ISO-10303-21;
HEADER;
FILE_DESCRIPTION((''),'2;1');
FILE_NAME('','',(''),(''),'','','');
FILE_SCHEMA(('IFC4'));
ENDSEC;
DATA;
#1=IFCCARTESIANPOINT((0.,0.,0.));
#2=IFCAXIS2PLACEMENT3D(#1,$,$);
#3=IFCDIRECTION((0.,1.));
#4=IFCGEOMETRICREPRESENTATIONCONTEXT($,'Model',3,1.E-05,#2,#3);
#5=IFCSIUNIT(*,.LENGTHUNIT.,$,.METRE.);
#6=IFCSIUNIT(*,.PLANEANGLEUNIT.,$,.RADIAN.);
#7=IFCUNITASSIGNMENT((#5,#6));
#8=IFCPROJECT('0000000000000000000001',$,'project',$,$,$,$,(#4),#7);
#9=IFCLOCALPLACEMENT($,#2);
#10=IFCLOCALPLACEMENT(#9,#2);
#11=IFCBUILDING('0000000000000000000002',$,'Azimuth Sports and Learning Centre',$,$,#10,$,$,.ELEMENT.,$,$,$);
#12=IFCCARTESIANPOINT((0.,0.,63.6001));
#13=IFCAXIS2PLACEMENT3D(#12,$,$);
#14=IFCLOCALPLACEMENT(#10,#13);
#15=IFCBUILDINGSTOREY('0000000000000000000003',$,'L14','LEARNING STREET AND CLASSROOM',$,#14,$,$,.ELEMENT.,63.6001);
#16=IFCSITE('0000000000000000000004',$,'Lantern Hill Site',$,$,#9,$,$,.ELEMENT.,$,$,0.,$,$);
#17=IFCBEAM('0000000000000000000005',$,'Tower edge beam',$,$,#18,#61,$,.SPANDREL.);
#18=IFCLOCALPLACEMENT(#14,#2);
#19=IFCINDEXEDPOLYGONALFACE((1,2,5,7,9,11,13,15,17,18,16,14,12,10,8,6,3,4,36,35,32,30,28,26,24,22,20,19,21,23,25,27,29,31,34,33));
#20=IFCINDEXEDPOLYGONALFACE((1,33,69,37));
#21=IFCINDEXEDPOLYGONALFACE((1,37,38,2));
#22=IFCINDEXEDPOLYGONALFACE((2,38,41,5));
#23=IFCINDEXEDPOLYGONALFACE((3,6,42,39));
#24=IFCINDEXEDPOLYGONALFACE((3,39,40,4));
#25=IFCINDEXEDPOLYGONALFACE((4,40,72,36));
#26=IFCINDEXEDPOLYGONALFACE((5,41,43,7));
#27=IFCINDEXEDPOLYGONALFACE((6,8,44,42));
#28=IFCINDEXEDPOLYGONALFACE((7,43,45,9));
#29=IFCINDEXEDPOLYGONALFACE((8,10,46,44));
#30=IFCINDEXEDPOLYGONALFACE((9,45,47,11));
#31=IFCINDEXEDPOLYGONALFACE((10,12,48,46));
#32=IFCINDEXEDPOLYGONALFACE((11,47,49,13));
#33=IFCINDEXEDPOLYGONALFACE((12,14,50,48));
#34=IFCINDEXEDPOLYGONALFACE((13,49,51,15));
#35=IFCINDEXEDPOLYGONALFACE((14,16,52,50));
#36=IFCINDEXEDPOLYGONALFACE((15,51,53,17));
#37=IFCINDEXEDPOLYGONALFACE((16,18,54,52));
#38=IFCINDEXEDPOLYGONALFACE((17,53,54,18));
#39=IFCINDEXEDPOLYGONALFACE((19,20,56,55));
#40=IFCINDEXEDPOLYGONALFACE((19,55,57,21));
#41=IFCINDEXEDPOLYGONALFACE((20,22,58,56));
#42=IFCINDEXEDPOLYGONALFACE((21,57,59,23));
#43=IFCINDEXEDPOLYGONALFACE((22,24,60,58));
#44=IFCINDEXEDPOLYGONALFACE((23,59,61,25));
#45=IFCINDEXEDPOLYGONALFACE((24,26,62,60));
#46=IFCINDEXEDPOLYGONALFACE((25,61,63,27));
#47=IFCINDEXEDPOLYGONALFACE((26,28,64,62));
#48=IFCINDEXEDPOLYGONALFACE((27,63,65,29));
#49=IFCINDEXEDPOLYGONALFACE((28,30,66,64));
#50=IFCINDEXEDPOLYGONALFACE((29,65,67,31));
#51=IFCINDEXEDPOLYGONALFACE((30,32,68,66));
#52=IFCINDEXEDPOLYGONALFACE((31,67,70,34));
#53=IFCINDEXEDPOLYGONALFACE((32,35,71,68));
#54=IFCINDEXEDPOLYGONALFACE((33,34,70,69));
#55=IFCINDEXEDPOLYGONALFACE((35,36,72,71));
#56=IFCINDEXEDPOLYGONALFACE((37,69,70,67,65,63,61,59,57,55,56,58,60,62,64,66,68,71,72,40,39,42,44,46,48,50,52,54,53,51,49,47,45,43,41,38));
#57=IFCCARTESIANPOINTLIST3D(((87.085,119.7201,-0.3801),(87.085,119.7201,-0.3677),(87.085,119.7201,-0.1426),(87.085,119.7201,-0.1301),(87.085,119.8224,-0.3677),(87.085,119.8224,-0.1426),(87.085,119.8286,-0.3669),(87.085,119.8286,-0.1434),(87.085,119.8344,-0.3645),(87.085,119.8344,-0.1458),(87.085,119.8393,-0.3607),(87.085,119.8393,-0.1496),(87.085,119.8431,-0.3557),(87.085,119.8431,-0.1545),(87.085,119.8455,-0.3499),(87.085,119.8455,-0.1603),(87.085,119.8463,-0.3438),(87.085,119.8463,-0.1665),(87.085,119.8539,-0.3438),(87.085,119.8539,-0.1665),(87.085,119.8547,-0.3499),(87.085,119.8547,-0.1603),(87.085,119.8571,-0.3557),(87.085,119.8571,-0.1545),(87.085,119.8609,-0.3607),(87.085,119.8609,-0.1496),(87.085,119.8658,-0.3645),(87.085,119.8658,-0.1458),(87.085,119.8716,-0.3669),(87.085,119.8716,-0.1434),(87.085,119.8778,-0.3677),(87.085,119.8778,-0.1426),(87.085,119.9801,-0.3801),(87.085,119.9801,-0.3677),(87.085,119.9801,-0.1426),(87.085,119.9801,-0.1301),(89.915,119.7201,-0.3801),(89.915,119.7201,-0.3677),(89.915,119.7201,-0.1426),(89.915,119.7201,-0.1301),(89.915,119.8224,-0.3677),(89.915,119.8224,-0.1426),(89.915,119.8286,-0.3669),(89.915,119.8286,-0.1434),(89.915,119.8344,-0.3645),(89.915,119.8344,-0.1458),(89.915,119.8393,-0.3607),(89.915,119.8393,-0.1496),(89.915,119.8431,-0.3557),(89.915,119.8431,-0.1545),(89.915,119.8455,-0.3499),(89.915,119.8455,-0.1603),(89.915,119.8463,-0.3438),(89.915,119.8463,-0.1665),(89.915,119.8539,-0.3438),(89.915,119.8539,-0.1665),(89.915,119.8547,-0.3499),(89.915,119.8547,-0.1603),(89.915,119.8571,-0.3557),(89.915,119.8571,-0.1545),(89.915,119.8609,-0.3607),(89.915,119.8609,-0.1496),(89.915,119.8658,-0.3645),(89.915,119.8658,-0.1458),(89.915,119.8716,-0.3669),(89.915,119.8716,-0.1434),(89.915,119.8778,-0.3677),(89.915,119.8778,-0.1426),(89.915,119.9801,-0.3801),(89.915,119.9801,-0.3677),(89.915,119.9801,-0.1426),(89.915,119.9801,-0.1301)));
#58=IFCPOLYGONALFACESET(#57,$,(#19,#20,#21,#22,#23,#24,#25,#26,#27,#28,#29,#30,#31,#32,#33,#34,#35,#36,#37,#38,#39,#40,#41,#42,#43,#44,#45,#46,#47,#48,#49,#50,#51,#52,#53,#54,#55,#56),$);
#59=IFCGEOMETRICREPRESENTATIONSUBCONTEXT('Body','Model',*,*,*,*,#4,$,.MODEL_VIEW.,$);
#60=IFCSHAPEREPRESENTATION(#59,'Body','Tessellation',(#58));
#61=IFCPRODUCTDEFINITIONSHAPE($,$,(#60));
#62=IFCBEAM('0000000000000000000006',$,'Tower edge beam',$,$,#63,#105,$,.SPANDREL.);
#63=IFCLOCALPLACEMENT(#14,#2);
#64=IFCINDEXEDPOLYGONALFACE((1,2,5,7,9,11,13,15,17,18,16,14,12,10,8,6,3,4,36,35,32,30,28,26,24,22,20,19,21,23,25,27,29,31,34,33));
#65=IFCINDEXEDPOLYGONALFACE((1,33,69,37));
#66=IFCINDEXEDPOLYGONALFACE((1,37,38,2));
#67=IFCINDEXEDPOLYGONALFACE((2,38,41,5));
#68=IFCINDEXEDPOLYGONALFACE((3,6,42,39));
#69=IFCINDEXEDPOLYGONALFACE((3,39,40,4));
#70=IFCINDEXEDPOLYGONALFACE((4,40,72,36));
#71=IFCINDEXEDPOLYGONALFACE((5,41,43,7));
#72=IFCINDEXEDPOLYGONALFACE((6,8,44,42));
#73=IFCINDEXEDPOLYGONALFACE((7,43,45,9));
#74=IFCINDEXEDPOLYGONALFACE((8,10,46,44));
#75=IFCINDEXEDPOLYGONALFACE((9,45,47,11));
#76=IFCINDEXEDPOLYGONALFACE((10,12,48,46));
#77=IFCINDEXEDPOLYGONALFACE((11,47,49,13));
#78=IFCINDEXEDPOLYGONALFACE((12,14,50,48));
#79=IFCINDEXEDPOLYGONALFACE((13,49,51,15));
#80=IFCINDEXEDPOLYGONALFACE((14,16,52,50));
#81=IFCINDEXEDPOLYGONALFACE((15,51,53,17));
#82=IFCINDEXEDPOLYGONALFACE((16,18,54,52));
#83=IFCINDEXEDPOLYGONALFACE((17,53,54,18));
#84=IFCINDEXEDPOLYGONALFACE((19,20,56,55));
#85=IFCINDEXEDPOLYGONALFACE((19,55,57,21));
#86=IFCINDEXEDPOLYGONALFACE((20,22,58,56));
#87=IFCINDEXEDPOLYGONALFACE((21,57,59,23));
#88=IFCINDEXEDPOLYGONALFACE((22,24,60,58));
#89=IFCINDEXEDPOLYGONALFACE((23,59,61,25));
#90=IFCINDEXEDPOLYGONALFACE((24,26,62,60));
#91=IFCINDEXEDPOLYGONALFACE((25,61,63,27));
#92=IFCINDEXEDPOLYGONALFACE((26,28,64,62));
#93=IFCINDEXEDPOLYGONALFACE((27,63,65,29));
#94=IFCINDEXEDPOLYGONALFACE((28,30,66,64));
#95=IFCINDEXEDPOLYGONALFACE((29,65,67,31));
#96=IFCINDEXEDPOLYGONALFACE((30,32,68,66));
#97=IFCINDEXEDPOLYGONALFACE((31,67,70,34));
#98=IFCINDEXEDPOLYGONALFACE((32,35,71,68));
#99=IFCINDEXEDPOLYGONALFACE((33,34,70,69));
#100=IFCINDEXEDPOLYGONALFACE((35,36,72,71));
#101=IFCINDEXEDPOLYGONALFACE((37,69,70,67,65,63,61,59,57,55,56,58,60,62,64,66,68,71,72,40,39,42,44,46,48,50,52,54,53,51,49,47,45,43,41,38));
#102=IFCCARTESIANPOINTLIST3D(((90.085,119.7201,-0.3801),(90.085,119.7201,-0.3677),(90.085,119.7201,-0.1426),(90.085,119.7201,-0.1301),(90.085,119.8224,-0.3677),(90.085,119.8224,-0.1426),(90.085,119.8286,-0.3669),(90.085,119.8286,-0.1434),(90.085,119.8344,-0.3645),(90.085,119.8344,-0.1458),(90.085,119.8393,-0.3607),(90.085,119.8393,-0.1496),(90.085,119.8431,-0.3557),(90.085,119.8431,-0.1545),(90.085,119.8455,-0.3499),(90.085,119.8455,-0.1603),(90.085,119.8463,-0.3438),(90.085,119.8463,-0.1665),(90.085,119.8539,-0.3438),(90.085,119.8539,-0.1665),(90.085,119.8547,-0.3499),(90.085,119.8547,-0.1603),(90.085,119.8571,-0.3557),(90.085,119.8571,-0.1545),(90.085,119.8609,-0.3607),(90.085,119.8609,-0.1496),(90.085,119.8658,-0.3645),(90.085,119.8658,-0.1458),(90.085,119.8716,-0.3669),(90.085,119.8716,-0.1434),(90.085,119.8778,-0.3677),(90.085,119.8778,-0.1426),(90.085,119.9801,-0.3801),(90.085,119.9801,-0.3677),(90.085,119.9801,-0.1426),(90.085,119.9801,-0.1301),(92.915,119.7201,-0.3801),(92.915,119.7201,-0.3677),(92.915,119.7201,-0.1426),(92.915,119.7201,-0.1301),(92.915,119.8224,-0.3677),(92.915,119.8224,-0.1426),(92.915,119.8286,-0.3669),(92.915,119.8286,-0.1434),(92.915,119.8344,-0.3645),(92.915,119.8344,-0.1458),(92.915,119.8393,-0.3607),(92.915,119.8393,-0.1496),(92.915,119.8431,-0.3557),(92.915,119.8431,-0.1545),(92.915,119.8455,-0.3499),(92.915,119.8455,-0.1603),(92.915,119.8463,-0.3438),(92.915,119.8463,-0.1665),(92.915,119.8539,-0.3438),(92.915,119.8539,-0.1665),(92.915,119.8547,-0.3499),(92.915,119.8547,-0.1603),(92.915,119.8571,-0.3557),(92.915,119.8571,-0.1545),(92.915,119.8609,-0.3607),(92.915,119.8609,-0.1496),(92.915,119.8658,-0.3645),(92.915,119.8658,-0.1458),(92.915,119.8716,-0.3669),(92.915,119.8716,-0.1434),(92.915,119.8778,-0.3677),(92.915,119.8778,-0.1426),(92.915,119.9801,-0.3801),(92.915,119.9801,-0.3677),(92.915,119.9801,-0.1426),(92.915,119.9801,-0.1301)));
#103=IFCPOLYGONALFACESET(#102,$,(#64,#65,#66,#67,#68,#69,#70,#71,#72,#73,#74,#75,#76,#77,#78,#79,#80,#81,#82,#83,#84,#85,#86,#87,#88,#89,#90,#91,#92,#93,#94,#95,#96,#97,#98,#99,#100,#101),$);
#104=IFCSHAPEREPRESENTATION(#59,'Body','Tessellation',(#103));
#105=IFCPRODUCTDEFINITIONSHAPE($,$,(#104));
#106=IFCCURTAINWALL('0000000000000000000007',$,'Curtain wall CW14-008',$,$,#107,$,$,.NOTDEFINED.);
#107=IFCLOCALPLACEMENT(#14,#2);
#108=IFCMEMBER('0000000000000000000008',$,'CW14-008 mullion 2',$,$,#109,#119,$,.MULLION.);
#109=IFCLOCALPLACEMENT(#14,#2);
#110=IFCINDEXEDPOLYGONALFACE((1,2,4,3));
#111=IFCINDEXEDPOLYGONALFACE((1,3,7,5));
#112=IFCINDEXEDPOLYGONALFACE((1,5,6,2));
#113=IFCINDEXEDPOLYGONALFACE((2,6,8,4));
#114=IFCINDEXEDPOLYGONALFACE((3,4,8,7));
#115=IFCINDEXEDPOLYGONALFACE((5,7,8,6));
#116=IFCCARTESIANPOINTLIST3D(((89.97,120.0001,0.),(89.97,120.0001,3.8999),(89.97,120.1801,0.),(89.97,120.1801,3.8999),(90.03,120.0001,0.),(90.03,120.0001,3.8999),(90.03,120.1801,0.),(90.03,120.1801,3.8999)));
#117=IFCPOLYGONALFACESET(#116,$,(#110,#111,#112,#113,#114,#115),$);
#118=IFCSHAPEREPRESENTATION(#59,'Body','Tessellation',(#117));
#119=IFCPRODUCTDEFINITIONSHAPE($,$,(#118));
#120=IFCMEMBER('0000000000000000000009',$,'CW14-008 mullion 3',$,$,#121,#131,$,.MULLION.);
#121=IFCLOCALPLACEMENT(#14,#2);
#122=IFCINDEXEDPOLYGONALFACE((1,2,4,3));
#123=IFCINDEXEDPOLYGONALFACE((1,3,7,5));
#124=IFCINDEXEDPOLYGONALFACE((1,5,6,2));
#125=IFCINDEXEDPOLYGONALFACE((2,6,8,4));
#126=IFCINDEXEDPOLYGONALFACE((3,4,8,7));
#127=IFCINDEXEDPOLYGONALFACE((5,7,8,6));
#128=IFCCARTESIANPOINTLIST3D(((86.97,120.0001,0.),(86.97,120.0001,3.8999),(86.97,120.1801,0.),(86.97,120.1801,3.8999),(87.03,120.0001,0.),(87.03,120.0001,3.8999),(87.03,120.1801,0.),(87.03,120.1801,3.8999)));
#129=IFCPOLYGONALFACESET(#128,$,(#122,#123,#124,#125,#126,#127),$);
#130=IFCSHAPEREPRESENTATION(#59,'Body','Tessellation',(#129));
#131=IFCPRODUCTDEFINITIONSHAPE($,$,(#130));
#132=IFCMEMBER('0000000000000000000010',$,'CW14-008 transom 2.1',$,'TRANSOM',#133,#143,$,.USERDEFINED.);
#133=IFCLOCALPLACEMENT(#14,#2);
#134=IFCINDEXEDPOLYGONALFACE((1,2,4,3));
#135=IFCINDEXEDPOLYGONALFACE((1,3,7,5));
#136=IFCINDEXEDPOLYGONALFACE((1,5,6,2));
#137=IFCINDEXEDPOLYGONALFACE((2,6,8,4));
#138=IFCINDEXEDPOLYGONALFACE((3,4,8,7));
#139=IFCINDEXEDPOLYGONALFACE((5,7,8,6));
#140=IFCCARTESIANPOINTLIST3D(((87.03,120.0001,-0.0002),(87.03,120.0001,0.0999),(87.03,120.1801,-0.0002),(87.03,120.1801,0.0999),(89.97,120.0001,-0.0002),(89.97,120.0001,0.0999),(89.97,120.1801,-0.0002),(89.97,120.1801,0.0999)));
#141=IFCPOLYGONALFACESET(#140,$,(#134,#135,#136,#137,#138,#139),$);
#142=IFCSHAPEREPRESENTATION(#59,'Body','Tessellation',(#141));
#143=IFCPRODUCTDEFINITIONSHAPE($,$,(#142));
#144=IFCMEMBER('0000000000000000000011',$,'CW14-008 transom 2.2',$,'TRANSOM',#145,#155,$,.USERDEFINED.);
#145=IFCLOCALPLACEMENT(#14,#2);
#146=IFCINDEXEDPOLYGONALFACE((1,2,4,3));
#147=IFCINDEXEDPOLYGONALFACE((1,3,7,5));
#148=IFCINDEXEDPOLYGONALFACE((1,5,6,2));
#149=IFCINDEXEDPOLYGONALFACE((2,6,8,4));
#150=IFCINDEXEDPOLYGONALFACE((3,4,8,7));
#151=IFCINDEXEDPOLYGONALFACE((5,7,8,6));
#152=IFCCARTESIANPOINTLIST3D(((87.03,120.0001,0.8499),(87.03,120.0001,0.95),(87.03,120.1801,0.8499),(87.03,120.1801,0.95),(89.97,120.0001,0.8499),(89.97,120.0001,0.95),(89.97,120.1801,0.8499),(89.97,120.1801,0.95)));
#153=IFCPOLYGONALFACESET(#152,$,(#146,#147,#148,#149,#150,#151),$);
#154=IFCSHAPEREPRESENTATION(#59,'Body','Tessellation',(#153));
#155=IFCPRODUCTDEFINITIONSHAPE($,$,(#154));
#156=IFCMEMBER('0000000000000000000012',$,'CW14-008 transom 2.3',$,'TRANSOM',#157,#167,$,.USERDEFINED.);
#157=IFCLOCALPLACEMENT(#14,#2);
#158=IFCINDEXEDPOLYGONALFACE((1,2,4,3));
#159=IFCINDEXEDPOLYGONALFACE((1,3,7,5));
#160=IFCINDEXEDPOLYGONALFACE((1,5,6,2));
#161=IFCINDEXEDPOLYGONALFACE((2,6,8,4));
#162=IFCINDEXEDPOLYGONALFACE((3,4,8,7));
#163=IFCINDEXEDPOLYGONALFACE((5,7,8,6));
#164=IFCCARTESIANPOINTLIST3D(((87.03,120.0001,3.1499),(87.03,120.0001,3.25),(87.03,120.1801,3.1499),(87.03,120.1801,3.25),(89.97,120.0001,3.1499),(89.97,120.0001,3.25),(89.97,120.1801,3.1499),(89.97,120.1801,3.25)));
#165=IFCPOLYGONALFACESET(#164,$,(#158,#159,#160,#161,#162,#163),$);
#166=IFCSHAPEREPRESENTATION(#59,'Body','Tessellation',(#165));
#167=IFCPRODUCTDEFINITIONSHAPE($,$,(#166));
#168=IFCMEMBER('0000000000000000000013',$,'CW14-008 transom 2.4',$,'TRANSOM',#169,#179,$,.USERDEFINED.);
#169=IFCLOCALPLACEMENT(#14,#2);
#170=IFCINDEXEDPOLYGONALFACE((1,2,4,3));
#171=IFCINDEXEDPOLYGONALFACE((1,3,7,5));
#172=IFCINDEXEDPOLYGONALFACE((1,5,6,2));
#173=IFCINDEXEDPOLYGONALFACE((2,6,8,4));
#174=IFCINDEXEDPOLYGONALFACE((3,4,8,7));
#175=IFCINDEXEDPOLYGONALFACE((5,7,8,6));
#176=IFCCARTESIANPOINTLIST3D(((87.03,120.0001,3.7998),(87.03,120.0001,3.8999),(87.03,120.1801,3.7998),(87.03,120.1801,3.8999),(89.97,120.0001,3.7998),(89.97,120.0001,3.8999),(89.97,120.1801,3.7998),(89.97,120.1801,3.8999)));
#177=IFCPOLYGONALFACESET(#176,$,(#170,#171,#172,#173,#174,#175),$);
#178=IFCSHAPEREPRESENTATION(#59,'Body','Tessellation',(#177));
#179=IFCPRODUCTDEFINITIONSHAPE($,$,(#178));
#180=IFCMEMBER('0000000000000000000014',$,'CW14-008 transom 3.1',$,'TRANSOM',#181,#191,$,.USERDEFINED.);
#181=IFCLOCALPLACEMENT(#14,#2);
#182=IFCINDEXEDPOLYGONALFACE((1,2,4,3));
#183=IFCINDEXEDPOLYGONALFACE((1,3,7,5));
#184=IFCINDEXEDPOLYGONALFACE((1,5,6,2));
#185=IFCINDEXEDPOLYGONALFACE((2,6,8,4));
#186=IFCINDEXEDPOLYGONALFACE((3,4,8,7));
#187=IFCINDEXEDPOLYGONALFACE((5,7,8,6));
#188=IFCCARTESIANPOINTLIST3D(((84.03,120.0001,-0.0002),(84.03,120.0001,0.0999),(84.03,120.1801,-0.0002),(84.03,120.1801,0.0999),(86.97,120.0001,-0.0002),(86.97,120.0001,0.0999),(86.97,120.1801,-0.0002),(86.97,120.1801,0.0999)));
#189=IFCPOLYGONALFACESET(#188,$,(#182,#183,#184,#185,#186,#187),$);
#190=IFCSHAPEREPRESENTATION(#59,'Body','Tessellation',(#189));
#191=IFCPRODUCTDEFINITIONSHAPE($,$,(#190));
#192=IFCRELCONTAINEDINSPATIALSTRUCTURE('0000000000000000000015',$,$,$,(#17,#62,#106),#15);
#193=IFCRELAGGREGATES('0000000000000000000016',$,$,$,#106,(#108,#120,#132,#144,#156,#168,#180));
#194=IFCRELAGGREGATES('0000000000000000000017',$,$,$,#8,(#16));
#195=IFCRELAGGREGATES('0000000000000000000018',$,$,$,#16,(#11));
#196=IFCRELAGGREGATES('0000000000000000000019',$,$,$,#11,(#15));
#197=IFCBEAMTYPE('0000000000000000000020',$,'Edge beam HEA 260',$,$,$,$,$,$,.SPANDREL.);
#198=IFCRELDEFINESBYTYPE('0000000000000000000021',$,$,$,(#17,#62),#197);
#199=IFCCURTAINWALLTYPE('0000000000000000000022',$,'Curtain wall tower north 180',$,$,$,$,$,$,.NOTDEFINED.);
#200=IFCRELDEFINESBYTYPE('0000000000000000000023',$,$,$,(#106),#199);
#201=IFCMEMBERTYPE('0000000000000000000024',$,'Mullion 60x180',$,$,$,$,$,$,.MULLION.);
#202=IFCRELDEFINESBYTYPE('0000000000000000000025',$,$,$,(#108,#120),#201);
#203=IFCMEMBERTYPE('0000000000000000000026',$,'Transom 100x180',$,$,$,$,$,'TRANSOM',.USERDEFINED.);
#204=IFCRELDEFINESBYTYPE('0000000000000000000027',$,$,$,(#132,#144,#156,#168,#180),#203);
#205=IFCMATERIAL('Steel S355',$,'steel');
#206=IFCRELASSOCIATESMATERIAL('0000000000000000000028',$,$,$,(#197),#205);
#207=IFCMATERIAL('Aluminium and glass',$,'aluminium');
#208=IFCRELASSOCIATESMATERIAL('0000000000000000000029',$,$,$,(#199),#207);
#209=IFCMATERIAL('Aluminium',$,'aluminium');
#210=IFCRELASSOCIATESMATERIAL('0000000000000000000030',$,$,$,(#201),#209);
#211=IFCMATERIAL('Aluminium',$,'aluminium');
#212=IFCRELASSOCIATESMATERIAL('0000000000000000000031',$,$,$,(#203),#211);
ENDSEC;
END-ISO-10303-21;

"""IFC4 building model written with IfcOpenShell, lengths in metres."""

from ifc_helpers import new_model, si_unit, direction, frame, origin, origin_2d, place, context, subcontext, project, spatial, rectangle, i_section, extrude, material, material_profile, profile_set, type_object, element, aggregate, save


model = new_model("IFC4")

# Units and contexts
model_context = context("Model", 3, precision=1e-05, world=origin(), true_north=direction((0.0, 1.0)))
body_context = subcontext(model_context, "Body", "Model", "MODEL_VIEW")
ifc_project = project(units=[si_unit("LENGTHUNIT", "METRE"), si_unit("PLANEANGLEUNIT", "RADIAN")], contexts=[model_context])

# Site, building, storey
site_placement = place(None, origin())
site = spatial("IfcSite", under=ifc_project, at=site_placement, Name="Lantern Hill Site", CompositionType="ELEMENT", RefElevation=0.0)
building_placement = place(site_placement, origin())
building = spatial("IfcBuilding", under=site, at=building_placement, Name="Azimuth Sports and Learning Centre", CompositionType="ELEMENT")
storey_placement = place(building_placement, frame((0.0, 0.0, 63.6001)))
storey = spatial("IfcBuildingStorey", under=building, at=storey_placement, Name="L14", Description="LEARNING STREET AND CLASSROOM", CompositionType="ELEMENT", Elevation=63.6001)

# Beams
ifc_material_1 = material(Name="Steel S355", Category="steel")
ifc_material_profile_1 = material_profile(ifc_material_1, i_section(OverallWidth=0.26, OverallDepth=0.25, WebThickness=0.0076, FlangeThickness=0.0125, FilletRadius=0.0239, at=origin_2d()), Name="HEA 260")
ifc_profile_set_1 = profile_set([ifc_material_profile_1], Name="Steel S355")
beam_type = type_object("IfcBeamType", Name="Edge beam HEA 260", PredefinedType="SPANDREL", material=ifc_profile_set_1)
for number, where, z_axis, x_axis, name in (
    (1, (87.085, 119.8501, -0.2551), (1.0, 0.0, 0.0), (0.0, 1.0, 0.0), "Tower edge beam"),
    (2, (90.085, 119.8501, -0.2551), (1.0, 0.0, 0.0), (0.0, 1.0, 0.0), "Tower edge beam"),
):
    element("IfcBeam", number, at=place(storey_placement, frame(where, z_axis=z_axis, x_axis=x_axis)), inside=storey, type_object=beam_type, Name=name, PredefinedType="SPANDREL", context=body_context, shape_type="SweptSolid", body=[
        extrude(i_section(OverallWidth=0.26, OverallDepth=0.25, WebThickness=0.0076, FlangeThickness=0.0125, FilletRadius=0.0239, at=origin_2d()), origin(), (0.0, 0.0, 1.0), 2.8301),
    ])

# Curtain wall, members
ifc_material_2 = material(Name="Aluminium and glass", Category="aluminium")
curtain_wall_type = type_object("IfcCurtainWallType", Name="Curtain wall tower north 180", PredefinedType="NOTDEFINED", material=ifc_material_2)
curtain_wall_placement = place(storey_placement, origin())
curtain_wall = element("IfcCurtainWall", 3, at=curtain_wall_placement, inside=storey, type_object=curtain_wall_type, Name="Curtain wall CW14-008", PredefinedType="NOTDEFINED")
ifc_material_3 = material(Name="Aluminium", Category="aluminium")
ifc_material_profile_2 = material_profile(ifc_material_3, rectangle(XDim=0.1799, YDim=0.0601, at=origin_2d()), Name="Mullion 60x180")
ifc_profile_set_2 = profile_set([ifc_material_profile_2], Name="Aluminium")
member_type_1 = type_object("IfcMemberType", Name="Mullion 60x180", PredefinedType="MULLION", material=ifc_profile_set_2)
member_1_placement = place(storey_placement, frame((90.0, 120.0901, 0.0), z_axis=(0.0, 0.0, 1.0), x_axis=(0.0, -1.0, 0.0)))
member_1 = element("IfcMember", 4, at=member_1_placement, type_object=member_type_1, Name="CW14-008 mullion 2", PredefinedType="MULLION", context=body_context, shape_type="SweptSolid", body=[
    extrude(rectangle(XDim=0.1799, YDim=0.0601, at=origin_2d()), origin(), (0.0, 0.0, 1.0), 3.8999),
])
member_2_placement = place(storey_placement, frame((87.0, 120.0901, 0.0), z_axis=(0.0, 0.0, 1.0), x_axis=(0.0, -1.0, 0.0)))
member_2 = element("IfcMember", 5, at=member_2_placement, type_object=member_type_1, Name="CW14-008 mullion 3", PredefinedType="MULLION", context=body_context, shape_type="SweptSolid", body=[
    extrude(rectangle(XDim=0.1799, YDim=0.0601, at=origin_2d()), origin(), (0.0, 0.0, 1.0), 3.8999),
])
ifc_material_4 = material(Name="Aluminium", Category="aluminium")
ifc_material_profile_3 = material_profile(ifc_material_4, rectangle(XDim=0.1799, YDim=0.1001, at=origin_2d()), Name="Transom 100x180")
ifc_profile_set_3 = profile_set([ifc_material_profile_3], Name="Aluminium")
member_type_2 = type_object("IfcMemberType", Name="Transom 100x180", ElementType="TRANSOM", PredefinedType="USERDEFINED", material=ifc_profile_set_3)
member_3_placement = place(storey_placement, frame((89.97, 120.0901, 0.0498), z_axis=(-1.0, 0.0, 0.0), x_axis=(0.0, -1.0, 0.0)))
member_3 = element("IfcMember", 6, at=member_3_placement, type_object=member_type_2, Name="CW14-008 transom 2.1", ObjectType="TRANSOM", PredefinedType="USERDEFINED", context=body_context, shape_type="SweptSolid", body=[
    extrude(rectangle(XDim=0.1799, YDim=0.1001, at=origin_2d()), origin(), (0.0, 0.0, 1.0), 2.9399),
])
member_4_placement = place(storey_placement, frame((89.97, 120.0901, 0.8999), z_axis=(-1.0, 0.0, 0.0), x_axis=(0.0, -1.0, 0.0)))
member_4 = element("IfcMember", 7, at=member_4_placement, type_object=member_type_2, Name="CW14-008 transom 2.2", ObjectType="TRANSOM", PredefinedType="USERDEFINED", context=body_context, shape_type="SweptSolid", body=[
    extrude(rectangle(XDim=0.1799, YDim=0.1001, at=origin_2d()), origin(), (0.0, 0.0, 1.0), 2.9399),
])
member_5_placement = place(storey_placement, frame((89.97, 120.0901, 3.2), z_axis=(-1.0, 0.0, 0.0), x_axis=(0.0, -1.0, 0.0)))
member_5 = element("IfcMember", 8, at=member_5_placement, type_object=member_type_2, Name="CW14-008 transom 2.3", ObjectType="TRANSOM", PredefinedType="USERDEFINED", context=body_context, shape_type="SweptSolid", body=[
    extrude(rectangle(XDim=0.1799, YDim=0.1001, at=origin_2d()), origin(), (0.0, 0.0, 1.0), 2.9399),
])
member_6_placement = place(storey_placement, frame((89.97, 120.0901, 3.8499), z_axis=(-1.0, 0.0, 0.0), x_axis=(0.0, -1.0, 0.0)))
member_6 = element("IfcMember", 9, at=member_6_placement, type_object=member_type_2, Name="CW14-008 transom 2.4", ObjectType="TRANSOM", PredefinedType="USERDEFINED", context=body_context, shape_type="SweptSolid", body=[
    extrude(rectangle(XDim=0.1799, YDim=0.1001, at=origin_2d()), origin(), (0.0, 0.0, 1.0), 2.9399),
])
member_7_placement = place(storey_placement, frame((86.97, 120.0901, 0.0498), z_axis=(-1.0, 0.0, 0.0), x_axis=(0.0, -1.0, 0.0)))
member_7 = element("IfcMember", 10, at=member_7_placement, type_object=member_type_2, Name="CW14-008 transom 3.1", ObjectType="TRANSOM", PredefinedType="USERDEFINED", context=body_context, shape_type="SweptSolid", body=[
    extrude(rectangle(XDim=0.1799, YDim=0.1001, at=origin_2d()), origin(), (0.0, 0.0, 1.0), 2.9399),
])
aggregate(curtain_wall, [member_1, member_2, member_3, member_4, member_5, member_6, member_7])

save(model, "model.ifc")
